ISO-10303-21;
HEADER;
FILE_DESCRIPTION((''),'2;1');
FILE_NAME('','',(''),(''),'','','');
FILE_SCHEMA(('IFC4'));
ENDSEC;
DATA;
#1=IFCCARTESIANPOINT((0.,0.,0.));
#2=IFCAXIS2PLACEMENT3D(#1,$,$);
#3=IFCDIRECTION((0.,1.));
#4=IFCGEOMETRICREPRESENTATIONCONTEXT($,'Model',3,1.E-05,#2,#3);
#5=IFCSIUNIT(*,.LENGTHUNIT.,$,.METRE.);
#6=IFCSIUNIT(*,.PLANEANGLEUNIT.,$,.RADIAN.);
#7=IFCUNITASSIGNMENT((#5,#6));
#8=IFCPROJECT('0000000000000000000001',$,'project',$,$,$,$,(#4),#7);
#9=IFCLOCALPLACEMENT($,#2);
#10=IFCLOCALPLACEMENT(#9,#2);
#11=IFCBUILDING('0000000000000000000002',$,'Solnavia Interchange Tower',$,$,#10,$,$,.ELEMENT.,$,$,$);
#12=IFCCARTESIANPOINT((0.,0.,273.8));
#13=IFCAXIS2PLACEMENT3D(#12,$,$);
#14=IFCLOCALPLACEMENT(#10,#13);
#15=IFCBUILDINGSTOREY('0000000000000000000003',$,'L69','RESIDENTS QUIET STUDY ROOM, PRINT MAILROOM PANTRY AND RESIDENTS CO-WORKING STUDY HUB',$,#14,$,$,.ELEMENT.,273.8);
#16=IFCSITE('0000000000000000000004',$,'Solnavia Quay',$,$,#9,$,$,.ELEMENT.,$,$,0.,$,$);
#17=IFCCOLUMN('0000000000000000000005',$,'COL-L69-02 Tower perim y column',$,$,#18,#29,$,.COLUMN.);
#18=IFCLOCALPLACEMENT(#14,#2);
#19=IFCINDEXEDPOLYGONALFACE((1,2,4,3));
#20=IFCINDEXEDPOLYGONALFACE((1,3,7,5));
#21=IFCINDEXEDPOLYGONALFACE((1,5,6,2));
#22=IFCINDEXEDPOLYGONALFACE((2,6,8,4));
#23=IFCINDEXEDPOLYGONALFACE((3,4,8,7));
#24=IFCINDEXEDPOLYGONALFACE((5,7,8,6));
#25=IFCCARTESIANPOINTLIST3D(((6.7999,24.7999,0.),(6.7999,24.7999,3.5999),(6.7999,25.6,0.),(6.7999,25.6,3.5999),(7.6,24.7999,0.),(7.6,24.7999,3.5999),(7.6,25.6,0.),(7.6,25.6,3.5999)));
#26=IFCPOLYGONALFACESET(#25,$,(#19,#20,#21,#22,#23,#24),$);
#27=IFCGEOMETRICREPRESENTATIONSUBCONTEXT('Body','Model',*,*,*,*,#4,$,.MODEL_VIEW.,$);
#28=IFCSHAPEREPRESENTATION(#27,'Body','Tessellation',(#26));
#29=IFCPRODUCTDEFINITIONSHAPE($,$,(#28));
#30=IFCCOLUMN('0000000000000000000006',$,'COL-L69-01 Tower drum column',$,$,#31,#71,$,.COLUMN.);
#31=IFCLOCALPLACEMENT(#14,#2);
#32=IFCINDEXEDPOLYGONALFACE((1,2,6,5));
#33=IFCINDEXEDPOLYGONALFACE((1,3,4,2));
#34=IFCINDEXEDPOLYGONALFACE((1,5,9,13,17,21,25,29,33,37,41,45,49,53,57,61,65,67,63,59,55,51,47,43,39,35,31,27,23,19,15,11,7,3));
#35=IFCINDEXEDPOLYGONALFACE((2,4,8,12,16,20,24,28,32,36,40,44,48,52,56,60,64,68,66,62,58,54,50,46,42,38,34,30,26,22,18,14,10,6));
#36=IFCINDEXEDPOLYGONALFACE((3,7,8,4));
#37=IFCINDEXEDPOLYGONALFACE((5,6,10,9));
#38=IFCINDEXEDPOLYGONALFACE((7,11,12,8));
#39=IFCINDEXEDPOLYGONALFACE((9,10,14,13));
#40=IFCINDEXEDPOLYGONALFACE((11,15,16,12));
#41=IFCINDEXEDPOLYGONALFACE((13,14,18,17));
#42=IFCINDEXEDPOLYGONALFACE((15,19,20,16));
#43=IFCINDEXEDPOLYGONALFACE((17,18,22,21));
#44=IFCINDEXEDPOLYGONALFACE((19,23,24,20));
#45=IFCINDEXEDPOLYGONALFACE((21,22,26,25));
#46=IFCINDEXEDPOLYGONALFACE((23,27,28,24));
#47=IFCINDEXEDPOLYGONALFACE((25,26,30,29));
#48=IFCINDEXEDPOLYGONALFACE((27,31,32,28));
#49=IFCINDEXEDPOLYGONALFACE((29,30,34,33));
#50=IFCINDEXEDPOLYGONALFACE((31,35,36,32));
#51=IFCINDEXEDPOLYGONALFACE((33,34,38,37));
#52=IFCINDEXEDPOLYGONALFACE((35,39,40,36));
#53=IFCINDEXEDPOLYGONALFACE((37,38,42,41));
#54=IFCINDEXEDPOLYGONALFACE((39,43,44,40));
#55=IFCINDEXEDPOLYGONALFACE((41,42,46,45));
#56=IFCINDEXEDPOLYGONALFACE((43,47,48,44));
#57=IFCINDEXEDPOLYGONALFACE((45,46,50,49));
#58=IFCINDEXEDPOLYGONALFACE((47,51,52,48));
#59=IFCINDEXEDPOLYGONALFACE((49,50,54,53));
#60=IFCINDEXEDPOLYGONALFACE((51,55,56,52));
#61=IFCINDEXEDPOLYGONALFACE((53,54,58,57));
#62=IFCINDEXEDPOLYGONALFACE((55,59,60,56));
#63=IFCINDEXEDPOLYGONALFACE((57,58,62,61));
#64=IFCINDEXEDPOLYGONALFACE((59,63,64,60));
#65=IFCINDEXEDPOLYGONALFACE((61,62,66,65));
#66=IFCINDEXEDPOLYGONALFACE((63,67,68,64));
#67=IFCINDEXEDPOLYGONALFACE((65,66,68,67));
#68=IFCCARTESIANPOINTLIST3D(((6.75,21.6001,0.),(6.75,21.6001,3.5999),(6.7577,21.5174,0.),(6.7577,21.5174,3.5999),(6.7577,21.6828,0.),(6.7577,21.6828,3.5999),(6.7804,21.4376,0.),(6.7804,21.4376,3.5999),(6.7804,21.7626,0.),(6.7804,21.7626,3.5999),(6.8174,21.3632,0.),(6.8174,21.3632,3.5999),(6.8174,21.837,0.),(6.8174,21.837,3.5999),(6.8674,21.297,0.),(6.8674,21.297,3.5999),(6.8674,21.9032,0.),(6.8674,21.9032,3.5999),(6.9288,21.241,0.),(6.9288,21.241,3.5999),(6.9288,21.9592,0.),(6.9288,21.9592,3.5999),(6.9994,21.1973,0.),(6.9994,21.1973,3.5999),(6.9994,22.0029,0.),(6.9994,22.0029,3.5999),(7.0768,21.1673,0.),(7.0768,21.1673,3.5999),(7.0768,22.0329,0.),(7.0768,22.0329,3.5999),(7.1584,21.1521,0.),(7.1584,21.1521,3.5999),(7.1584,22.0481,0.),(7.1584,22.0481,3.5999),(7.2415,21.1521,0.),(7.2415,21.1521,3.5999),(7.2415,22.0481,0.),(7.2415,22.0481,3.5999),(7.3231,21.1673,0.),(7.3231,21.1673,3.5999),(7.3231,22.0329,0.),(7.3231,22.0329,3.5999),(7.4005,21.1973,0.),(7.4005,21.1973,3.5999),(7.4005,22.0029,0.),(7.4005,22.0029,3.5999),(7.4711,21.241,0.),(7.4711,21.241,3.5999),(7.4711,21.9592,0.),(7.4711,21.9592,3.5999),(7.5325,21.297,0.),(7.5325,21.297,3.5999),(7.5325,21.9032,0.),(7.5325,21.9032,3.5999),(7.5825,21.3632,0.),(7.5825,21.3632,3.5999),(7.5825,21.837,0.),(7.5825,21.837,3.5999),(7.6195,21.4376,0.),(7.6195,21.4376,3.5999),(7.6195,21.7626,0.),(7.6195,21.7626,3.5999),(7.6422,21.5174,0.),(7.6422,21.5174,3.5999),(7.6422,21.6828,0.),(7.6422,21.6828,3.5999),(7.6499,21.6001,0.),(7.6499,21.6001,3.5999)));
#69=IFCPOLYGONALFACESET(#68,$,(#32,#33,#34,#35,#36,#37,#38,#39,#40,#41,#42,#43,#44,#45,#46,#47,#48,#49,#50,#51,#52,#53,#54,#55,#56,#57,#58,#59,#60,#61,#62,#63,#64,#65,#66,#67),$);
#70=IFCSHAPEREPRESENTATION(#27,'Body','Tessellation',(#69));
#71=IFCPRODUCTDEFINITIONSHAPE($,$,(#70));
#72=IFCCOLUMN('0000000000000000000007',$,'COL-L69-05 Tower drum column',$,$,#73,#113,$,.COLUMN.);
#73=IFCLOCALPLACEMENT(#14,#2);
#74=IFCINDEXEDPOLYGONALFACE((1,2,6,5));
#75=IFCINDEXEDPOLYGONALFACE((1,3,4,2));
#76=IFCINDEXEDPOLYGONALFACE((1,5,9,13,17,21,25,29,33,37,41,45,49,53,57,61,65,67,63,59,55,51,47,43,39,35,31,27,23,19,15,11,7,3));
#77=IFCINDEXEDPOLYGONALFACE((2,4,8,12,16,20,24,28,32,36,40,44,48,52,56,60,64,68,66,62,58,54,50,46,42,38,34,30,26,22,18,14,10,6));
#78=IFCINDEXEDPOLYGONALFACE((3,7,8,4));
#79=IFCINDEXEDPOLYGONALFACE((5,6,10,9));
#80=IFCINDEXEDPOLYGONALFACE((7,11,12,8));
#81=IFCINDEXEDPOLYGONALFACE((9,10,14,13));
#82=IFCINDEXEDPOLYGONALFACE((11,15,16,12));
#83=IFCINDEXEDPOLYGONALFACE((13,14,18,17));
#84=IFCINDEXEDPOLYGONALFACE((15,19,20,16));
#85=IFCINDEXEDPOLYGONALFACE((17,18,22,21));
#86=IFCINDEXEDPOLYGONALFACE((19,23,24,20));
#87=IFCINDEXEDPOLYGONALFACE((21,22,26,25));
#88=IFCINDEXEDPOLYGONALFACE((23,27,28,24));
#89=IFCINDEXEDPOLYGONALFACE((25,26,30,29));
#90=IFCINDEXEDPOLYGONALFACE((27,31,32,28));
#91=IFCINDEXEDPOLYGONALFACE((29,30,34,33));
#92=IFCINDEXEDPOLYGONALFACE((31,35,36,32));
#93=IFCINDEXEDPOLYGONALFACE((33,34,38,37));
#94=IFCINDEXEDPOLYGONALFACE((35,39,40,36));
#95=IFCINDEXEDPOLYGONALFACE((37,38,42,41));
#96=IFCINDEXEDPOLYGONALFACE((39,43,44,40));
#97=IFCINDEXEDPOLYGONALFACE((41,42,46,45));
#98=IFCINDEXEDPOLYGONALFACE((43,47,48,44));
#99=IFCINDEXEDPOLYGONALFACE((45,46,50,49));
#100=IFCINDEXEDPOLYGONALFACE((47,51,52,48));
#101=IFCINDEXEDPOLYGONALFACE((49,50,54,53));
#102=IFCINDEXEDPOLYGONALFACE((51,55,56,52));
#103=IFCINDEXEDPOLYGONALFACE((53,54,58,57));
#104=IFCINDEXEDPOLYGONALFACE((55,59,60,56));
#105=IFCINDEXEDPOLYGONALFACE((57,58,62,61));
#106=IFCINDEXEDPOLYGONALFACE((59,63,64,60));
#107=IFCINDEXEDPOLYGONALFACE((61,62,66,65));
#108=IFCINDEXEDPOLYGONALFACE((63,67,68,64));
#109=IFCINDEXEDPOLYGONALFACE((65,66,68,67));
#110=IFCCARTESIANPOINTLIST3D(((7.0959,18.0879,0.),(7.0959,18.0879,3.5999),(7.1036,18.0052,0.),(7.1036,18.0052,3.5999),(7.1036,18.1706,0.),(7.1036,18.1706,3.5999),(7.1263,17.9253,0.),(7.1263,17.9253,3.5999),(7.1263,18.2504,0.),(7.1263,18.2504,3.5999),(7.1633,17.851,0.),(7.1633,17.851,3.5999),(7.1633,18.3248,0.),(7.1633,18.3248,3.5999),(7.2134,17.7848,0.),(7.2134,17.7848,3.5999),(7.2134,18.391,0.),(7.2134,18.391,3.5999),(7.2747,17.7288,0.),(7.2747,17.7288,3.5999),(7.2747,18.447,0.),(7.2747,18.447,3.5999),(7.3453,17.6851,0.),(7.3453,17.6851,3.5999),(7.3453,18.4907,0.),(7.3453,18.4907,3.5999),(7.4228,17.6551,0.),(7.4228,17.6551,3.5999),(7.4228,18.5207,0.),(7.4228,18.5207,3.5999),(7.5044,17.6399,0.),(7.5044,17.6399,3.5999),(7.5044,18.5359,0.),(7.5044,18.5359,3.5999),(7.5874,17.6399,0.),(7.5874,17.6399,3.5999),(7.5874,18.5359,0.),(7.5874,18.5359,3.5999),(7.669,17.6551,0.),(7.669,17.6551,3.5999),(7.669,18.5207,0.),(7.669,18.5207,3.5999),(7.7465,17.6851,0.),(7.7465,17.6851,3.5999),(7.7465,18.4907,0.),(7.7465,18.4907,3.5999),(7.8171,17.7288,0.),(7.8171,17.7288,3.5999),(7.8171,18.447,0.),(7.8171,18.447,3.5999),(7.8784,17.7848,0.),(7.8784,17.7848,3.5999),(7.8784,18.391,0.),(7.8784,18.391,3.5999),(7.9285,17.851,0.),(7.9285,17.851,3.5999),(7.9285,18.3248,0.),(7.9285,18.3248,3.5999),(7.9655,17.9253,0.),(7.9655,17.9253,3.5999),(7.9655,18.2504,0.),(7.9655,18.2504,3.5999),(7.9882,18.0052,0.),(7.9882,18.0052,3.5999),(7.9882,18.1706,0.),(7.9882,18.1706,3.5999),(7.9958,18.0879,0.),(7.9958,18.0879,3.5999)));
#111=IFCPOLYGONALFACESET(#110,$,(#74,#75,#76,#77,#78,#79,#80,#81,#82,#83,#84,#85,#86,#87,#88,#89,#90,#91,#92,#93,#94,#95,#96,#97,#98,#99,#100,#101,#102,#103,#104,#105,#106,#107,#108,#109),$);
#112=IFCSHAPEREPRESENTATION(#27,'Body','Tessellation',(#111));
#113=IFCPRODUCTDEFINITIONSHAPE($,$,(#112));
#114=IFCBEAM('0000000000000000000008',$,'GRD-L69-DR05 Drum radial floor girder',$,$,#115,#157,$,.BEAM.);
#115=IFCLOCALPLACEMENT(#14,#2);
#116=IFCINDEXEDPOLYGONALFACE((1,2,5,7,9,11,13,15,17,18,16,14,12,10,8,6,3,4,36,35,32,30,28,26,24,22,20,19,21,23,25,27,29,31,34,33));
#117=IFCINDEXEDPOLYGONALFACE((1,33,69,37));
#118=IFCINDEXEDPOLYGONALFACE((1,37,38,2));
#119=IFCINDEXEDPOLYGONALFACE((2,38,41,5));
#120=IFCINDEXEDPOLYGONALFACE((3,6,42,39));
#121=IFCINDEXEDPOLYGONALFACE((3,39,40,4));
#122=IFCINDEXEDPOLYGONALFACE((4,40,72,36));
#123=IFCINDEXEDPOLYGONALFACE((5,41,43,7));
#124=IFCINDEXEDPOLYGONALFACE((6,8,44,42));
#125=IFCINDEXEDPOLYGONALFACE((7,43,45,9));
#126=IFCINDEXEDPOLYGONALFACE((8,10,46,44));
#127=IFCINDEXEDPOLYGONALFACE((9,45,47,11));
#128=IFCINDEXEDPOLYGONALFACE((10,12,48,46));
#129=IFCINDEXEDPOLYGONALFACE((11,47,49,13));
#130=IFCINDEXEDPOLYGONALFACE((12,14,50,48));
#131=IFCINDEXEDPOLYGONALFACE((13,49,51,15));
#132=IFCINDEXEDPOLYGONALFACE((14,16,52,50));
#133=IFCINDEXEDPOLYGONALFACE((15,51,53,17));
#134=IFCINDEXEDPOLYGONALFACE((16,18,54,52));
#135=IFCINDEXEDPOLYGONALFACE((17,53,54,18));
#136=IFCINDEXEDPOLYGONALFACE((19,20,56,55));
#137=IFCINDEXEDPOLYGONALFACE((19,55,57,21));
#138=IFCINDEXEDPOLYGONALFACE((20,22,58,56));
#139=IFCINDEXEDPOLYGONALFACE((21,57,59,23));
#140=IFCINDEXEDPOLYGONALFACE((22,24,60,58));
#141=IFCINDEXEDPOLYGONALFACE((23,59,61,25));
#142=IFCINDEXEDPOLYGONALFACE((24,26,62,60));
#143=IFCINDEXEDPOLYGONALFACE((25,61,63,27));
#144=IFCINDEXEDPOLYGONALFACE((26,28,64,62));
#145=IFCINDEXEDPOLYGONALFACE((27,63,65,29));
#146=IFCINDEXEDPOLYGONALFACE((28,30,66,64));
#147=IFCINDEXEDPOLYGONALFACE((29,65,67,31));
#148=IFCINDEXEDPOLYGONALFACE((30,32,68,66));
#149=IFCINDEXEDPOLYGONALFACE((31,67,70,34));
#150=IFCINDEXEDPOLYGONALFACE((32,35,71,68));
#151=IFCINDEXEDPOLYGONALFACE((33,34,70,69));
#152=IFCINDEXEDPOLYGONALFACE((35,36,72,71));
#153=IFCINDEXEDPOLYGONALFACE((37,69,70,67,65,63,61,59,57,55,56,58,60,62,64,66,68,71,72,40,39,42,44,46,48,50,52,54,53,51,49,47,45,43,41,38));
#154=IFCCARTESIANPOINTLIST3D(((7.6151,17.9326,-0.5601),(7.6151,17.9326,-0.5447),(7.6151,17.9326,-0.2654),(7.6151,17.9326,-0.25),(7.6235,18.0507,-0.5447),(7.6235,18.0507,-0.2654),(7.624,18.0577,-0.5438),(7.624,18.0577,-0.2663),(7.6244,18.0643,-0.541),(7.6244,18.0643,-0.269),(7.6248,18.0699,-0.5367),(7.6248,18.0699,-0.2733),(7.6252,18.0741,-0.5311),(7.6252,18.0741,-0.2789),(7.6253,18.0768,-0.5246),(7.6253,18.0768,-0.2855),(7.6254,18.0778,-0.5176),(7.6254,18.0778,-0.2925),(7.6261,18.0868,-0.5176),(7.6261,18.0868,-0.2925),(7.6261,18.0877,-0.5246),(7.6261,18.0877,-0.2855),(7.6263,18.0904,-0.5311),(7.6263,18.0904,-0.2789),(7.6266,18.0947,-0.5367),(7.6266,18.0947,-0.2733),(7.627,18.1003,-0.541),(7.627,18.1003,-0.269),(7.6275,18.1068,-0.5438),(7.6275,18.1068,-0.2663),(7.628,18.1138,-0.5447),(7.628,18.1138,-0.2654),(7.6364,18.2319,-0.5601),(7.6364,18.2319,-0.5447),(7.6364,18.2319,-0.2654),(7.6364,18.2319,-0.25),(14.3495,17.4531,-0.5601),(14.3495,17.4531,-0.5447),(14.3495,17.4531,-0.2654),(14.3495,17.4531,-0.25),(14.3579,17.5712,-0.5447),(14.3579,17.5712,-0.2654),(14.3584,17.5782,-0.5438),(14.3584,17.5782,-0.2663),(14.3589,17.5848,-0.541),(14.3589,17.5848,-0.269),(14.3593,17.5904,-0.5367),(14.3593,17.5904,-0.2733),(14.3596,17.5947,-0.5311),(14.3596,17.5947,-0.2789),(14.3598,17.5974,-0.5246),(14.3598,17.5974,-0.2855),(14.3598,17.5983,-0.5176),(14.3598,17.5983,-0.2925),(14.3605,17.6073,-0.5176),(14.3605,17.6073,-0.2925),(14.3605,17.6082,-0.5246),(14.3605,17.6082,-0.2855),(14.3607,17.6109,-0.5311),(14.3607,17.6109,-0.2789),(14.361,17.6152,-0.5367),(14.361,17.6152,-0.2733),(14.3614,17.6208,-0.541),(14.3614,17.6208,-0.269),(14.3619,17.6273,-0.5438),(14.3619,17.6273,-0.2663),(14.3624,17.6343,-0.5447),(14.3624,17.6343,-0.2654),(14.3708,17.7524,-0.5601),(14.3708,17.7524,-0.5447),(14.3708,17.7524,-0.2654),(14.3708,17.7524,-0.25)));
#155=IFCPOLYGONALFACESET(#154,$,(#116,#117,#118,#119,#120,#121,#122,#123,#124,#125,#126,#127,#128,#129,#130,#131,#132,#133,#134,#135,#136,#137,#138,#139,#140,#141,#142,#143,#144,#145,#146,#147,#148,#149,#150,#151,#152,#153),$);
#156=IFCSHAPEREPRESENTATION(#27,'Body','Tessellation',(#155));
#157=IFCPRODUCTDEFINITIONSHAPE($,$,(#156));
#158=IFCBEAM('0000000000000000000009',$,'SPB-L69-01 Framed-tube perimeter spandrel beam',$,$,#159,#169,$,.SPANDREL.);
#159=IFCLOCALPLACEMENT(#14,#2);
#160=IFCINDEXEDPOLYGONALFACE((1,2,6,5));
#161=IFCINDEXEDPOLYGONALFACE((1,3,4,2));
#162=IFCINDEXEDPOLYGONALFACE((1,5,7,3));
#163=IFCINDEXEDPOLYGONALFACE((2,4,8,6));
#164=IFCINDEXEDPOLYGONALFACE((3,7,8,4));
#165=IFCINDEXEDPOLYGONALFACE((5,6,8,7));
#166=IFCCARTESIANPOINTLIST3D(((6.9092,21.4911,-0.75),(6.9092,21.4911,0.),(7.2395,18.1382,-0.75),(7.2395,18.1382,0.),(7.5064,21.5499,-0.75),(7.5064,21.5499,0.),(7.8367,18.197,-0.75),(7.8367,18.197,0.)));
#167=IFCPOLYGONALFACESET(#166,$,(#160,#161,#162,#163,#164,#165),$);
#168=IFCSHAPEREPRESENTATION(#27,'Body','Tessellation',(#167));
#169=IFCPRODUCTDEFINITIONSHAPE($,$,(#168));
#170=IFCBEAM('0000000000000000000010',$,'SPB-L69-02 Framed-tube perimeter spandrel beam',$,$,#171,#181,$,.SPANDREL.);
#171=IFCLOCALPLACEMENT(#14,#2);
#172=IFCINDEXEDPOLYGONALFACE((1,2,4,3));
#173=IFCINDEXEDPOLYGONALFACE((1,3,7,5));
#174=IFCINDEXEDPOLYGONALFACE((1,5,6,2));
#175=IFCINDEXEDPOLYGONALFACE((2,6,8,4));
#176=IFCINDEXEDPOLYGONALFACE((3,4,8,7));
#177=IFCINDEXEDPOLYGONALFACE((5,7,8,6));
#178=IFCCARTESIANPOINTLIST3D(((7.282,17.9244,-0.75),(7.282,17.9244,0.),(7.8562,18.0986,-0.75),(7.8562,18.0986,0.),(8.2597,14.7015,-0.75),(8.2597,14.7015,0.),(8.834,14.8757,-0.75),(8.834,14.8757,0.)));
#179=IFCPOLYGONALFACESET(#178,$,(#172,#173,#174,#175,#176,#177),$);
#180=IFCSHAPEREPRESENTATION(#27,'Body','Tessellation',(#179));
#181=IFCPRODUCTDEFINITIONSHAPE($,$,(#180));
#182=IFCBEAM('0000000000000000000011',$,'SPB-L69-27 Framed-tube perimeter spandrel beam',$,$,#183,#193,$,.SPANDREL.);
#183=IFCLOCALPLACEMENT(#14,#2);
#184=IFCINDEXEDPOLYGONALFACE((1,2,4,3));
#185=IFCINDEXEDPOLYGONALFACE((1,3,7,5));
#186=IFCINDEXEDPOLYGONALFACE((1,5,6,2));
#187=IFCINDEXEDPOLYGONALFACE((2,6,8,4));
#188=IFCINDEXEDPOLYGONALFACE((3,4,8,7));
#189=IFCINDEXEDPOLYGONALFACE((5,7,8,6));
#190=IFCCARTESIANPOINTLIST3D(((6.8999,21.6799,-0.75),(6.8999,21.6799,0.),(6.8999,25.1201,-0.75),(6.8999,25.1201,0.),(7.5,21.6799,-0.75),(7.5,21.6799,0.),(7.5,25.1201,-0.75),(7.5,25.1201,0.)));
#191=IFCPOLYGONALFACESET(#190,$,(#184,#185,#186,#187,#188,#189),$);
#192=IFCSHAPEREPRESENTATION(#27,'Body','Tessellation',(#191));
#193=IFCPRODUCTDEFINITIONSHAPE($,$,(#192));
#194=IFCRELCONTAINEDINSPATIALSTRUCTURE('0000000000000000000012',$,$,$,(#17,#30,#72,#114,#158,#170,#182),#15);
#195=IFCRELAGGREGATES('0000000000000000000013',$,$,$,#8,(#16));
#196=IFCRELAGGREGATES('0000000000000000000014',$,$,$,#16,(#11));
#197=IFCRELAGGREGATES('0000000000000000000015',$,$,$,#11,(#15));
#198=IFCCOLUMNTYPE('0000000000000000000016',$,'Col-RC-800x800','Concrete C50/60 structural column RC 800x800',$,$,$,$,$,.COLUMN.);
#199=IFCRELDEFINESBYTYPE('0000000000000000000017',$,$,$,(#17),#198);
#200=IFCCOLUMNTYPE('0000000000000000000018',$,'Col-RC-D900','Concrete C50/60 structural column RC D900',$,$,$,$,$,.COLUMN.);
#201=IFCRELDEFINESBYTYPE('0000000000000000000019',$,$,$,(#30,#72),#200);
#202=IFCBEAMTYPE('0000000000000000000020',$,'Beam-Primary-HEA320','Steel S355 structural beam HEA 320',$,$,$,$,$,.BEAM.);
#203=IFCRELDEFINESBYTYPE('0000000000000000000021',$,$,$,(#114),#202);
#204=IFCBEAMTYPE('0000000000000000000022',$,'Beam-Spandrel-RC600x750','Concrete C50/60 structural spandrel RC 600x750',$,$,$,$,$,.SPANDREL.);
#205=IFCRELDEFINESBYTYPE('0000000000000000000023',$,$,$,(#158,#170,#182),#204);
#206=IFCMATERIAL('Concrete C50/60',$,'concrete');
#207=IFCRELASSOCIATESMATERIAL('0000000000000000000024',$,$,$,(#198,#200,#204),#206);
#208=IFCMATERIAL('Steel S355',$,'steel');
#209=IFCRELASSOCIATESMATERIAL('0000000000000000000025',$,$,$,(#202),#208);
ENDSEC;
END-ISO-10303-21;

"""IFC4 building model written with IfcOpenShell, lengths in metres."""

from ifc_helpers import new_model, si_unit, direction, frame, origin, origin_2d, place, context, subcontext, project, spatial, rectangle, circle, i_section, extrude, material, material_profile, profile_set, type_object, element, save


model = new_model("IFC4")

# Units and contexts
model_context = context("Model", 3, precision=1e-05, world=origin(), true_north=direction((0.0, 1.0)))
body_context = subcontext(model_context, "Body", "Model", "MODEL_VIEW")
ifc_project = project(units=[si_unit("LENGTHUNIT", "METRE"), si_unit("PLANEANGLEUNIT", "RADIAN")], contexts=[model_context])

# Site, building, storey
site_placement = place(None, origin())
site = spatial("IfcSite", under=ifc_project, at=site_placement, Name="Solnavia Quay", CompositionType="ELEMENT", RefElevation=0.0)
building_placement = place(site_placement, origin())
building = spatial("IfcBuilding", under=site, at=building_placement, Name="Solnavia Interchange Tower", CompositionType="ELEMENT")
storey_placement = place(building_placement, frame((0.0, 0.0, 273.8)))
storey = spatial("IfcBuildingStorey", under=building, at=storey_placement, Name="L69", Description="RESIDENTS QUIET STUDY ROOM, PRINT MAILROOM PANTRY AND RESIDENTS CO-WORKING STUDY HUB", CompositionType="ELEMENT", Elevation=273.8)

# Columns
ifc_material_1 = material(Name="Concrete C50/60", Category="concrete")
ifc_material_profile_1 = material_profile(ifc_material_1, rectangle(XDim=0.8, YDim=0.8, at=origin_2d()), Name="RC 800x800")
ifc_profile_set_1 = profile_set([ifc_material_profile_1], Name="Concrete C50/60")
column_type_1 = type_object("IfcColumnType", Name="Col-RC-800x800", Description="Concrete C50/60 structural column RC 800x800", PredefinedType="COLUMN", material=ifc_profile_set_1)
column_placement = place(storey_placement, frame((7.2, 25.2, 0.0), z_axis=(0.0, 0.0, 1.0), x_axis=(0.0, 1.0, 0.0)))
element("IfcColumn", 1, at=column_placement, inside=storey, type_object=column_type_1, Name="COL-L69-02 Tower perim y column", PredefinedType="COLUMN", context=body_context, shape_type="SweptSolid", body=[
    extrude(rectangle(XDim=0.8, YDim=0.8, at=origin_2d()), origin(), (0.0, 0.0, 1.0), 3.5999),
])
ifc_material_profile_2 = material_profile(ifc_material_1, circle(Radius=0.45, at=origin_2d()), Name="RC D900")
ifc_profile_set_2 = profile_set([ifc_material_profile_2], Name="Concrete C50/60")
column_type_2 = type_object("IfcColumnType", Name="Col-RC-D900", Description="Concrete C50/60 structural column RC D900", PredefinedType="COLUMN", material=ifc_profile_set_2)
for number, where, z_axis, x_axis, name in (
    (2, (7.2, 21.6001, 0.0), (0.0, 0.0, 1.0), (1.0, 0.0, 0.0), "COL-L69-01 Tower drum column"),
    (3, (7.5459, 18.0879, 0.0), (0.0, 0.0, 1.0), (1.0, 0.0, 0.0), "COL-L69-05 Tower drum column"),
):
    element("IfcColumn", number, at=place(storey_placement, frame(where, z_axis=z_axis, x_axis=x_axis)), inside=storey, type_object=column_type_2, Name=name, PredefinedType="COLUMN", context=body_context, shape_type="SweptSolid", body=[
        extrude(circle(Radius=0.45, at=origin_2d()), origin(), (0.0, 0.0, 1.0), 3.5999),
    ])

# Beams
ifc_material_2 = material(Name="Steel S355", Category="steel")
ifc_material_profile_3 = material_profile(ifc_material_2, i_section(OverallWidth=0.3, OverallDepth=0.3101, WebThickness=0.009, FlangeThickness=0.0154, FilletRadius=0.0271, at=origin_2d()), Name="HEA 320")
ifc_profile_set_3 = profile_set([ifc_material_profile_3], Name="Steel S355")
beam_type_1 = type_object("IfcBeamType", Name="Beam-Primary-HEA320", Description="Steel S355 structural beam HEA 320", PredefinedType="BEAM", material=ifc_profile_set_3)
beam_1_placement = place(storey_placement, frame((7.6257, 18.0823, -0.405), z_axis=(0.997475, -0.071021, 0.0), x_axis=(0.071021, 0.997475, 0.0)))
element("IfcBeam", 4, at=beam_1_placement, inside=storey, type_object=beam_type_1, Name="GRD-L69-DR05 Drum radial floor girder", PredefinedType="BEAM", context=body_context, shape_type="SweptSolid", body=[
    extrude(i_section(OverallWidth=0.3, OverallDepth=0.3101, WebThickness=0.009, FlangeThickness=0.0154, FilletRadius=0.0271, at=origin_2d()), origin(), (0.0, 0.0, 1.0), 6.7515),
])
ifc_material_profile_4 = material_profile(ifc_material_1, rectangle(XDim=0.6001, YDim=0.75, at=origin_2d()), Name="RC 600x750")
ifc_profile_set_4 = profile_set([ifc_material_profile_4], Name="Concrete C50/60")
beam_type_2 = type_object("IfcBeamType", Name="Beam-Spandrel-RC600x750", Description="Concrete C50/60 structural spandrel RC 600x750", PredefinedType="SPANDREL", material=ifc_profile_set_4)
beam_2_placement = place(storey_placement, frame((7.2078, 21.5205, -0.375), z_axis=(0.09804, -0.995182, 0.0), x_axis=(0.995182, 0.09804, 0.0)))
element("IfcBeam", 5, at=beam_2_placement, inside=storey, type_object=beam_type_2, Name="SPB-L69-01 Framed-tube perimeter spandrel beam", PredefinedType="SPANDREL", context=body_context, shape_type="SweptSolid", body=[
    extrude(rectangle(XDim=0.6001, YDim=0.75, at=origin_2d()), origin(), (0.0, 0.0, 1.0), 3.3691),
])
beam_3_placement = place(storey_placement, frame((7.5691, 18.0115, -0.375), z_axis=(0.290319, -0.95693, 0.0), x_axis=(0.95693, 0.290319, 0.0)))
element("IfcBeam", 6, at=beam_3_placement, inside=storey, type_object=beam_type_2, Name="SPB-L69-02 Framed-tube perimeter spandrel beam", PredefinedType="SPANDREL", context=body_context, shape_type="SweptSolid", body=[
    extrude(rectangle(XDim=0.6001, YDim=0.75, at=origin_2d()), origin(), (0.0, 0.0, 1.0), 3.3679),
])
beam_4_placement = place(storey_placement, frame((7.2, 25.1201, -0.375), z_axis=(0.0, -1.0, 0.0), x_axis=(1.0, 0.0, 0.0)))
element("IfcBeam", 7, at=beam_4_placement, inside=storey, type_object=beam_type_2, Name="SPB-L69-27 Framed-tube perimeter spandrel beam", PredefinedType="SPANDREL", context=body_context, shape_type="SweptSolid", body=[
    extrude(rectangle(XDim=0.6001, YDim=0.75, at=origin_2d()), origin(), (0.0, 0.0, 1.0), 3.4402),
])

save(model, "model.ifc")
